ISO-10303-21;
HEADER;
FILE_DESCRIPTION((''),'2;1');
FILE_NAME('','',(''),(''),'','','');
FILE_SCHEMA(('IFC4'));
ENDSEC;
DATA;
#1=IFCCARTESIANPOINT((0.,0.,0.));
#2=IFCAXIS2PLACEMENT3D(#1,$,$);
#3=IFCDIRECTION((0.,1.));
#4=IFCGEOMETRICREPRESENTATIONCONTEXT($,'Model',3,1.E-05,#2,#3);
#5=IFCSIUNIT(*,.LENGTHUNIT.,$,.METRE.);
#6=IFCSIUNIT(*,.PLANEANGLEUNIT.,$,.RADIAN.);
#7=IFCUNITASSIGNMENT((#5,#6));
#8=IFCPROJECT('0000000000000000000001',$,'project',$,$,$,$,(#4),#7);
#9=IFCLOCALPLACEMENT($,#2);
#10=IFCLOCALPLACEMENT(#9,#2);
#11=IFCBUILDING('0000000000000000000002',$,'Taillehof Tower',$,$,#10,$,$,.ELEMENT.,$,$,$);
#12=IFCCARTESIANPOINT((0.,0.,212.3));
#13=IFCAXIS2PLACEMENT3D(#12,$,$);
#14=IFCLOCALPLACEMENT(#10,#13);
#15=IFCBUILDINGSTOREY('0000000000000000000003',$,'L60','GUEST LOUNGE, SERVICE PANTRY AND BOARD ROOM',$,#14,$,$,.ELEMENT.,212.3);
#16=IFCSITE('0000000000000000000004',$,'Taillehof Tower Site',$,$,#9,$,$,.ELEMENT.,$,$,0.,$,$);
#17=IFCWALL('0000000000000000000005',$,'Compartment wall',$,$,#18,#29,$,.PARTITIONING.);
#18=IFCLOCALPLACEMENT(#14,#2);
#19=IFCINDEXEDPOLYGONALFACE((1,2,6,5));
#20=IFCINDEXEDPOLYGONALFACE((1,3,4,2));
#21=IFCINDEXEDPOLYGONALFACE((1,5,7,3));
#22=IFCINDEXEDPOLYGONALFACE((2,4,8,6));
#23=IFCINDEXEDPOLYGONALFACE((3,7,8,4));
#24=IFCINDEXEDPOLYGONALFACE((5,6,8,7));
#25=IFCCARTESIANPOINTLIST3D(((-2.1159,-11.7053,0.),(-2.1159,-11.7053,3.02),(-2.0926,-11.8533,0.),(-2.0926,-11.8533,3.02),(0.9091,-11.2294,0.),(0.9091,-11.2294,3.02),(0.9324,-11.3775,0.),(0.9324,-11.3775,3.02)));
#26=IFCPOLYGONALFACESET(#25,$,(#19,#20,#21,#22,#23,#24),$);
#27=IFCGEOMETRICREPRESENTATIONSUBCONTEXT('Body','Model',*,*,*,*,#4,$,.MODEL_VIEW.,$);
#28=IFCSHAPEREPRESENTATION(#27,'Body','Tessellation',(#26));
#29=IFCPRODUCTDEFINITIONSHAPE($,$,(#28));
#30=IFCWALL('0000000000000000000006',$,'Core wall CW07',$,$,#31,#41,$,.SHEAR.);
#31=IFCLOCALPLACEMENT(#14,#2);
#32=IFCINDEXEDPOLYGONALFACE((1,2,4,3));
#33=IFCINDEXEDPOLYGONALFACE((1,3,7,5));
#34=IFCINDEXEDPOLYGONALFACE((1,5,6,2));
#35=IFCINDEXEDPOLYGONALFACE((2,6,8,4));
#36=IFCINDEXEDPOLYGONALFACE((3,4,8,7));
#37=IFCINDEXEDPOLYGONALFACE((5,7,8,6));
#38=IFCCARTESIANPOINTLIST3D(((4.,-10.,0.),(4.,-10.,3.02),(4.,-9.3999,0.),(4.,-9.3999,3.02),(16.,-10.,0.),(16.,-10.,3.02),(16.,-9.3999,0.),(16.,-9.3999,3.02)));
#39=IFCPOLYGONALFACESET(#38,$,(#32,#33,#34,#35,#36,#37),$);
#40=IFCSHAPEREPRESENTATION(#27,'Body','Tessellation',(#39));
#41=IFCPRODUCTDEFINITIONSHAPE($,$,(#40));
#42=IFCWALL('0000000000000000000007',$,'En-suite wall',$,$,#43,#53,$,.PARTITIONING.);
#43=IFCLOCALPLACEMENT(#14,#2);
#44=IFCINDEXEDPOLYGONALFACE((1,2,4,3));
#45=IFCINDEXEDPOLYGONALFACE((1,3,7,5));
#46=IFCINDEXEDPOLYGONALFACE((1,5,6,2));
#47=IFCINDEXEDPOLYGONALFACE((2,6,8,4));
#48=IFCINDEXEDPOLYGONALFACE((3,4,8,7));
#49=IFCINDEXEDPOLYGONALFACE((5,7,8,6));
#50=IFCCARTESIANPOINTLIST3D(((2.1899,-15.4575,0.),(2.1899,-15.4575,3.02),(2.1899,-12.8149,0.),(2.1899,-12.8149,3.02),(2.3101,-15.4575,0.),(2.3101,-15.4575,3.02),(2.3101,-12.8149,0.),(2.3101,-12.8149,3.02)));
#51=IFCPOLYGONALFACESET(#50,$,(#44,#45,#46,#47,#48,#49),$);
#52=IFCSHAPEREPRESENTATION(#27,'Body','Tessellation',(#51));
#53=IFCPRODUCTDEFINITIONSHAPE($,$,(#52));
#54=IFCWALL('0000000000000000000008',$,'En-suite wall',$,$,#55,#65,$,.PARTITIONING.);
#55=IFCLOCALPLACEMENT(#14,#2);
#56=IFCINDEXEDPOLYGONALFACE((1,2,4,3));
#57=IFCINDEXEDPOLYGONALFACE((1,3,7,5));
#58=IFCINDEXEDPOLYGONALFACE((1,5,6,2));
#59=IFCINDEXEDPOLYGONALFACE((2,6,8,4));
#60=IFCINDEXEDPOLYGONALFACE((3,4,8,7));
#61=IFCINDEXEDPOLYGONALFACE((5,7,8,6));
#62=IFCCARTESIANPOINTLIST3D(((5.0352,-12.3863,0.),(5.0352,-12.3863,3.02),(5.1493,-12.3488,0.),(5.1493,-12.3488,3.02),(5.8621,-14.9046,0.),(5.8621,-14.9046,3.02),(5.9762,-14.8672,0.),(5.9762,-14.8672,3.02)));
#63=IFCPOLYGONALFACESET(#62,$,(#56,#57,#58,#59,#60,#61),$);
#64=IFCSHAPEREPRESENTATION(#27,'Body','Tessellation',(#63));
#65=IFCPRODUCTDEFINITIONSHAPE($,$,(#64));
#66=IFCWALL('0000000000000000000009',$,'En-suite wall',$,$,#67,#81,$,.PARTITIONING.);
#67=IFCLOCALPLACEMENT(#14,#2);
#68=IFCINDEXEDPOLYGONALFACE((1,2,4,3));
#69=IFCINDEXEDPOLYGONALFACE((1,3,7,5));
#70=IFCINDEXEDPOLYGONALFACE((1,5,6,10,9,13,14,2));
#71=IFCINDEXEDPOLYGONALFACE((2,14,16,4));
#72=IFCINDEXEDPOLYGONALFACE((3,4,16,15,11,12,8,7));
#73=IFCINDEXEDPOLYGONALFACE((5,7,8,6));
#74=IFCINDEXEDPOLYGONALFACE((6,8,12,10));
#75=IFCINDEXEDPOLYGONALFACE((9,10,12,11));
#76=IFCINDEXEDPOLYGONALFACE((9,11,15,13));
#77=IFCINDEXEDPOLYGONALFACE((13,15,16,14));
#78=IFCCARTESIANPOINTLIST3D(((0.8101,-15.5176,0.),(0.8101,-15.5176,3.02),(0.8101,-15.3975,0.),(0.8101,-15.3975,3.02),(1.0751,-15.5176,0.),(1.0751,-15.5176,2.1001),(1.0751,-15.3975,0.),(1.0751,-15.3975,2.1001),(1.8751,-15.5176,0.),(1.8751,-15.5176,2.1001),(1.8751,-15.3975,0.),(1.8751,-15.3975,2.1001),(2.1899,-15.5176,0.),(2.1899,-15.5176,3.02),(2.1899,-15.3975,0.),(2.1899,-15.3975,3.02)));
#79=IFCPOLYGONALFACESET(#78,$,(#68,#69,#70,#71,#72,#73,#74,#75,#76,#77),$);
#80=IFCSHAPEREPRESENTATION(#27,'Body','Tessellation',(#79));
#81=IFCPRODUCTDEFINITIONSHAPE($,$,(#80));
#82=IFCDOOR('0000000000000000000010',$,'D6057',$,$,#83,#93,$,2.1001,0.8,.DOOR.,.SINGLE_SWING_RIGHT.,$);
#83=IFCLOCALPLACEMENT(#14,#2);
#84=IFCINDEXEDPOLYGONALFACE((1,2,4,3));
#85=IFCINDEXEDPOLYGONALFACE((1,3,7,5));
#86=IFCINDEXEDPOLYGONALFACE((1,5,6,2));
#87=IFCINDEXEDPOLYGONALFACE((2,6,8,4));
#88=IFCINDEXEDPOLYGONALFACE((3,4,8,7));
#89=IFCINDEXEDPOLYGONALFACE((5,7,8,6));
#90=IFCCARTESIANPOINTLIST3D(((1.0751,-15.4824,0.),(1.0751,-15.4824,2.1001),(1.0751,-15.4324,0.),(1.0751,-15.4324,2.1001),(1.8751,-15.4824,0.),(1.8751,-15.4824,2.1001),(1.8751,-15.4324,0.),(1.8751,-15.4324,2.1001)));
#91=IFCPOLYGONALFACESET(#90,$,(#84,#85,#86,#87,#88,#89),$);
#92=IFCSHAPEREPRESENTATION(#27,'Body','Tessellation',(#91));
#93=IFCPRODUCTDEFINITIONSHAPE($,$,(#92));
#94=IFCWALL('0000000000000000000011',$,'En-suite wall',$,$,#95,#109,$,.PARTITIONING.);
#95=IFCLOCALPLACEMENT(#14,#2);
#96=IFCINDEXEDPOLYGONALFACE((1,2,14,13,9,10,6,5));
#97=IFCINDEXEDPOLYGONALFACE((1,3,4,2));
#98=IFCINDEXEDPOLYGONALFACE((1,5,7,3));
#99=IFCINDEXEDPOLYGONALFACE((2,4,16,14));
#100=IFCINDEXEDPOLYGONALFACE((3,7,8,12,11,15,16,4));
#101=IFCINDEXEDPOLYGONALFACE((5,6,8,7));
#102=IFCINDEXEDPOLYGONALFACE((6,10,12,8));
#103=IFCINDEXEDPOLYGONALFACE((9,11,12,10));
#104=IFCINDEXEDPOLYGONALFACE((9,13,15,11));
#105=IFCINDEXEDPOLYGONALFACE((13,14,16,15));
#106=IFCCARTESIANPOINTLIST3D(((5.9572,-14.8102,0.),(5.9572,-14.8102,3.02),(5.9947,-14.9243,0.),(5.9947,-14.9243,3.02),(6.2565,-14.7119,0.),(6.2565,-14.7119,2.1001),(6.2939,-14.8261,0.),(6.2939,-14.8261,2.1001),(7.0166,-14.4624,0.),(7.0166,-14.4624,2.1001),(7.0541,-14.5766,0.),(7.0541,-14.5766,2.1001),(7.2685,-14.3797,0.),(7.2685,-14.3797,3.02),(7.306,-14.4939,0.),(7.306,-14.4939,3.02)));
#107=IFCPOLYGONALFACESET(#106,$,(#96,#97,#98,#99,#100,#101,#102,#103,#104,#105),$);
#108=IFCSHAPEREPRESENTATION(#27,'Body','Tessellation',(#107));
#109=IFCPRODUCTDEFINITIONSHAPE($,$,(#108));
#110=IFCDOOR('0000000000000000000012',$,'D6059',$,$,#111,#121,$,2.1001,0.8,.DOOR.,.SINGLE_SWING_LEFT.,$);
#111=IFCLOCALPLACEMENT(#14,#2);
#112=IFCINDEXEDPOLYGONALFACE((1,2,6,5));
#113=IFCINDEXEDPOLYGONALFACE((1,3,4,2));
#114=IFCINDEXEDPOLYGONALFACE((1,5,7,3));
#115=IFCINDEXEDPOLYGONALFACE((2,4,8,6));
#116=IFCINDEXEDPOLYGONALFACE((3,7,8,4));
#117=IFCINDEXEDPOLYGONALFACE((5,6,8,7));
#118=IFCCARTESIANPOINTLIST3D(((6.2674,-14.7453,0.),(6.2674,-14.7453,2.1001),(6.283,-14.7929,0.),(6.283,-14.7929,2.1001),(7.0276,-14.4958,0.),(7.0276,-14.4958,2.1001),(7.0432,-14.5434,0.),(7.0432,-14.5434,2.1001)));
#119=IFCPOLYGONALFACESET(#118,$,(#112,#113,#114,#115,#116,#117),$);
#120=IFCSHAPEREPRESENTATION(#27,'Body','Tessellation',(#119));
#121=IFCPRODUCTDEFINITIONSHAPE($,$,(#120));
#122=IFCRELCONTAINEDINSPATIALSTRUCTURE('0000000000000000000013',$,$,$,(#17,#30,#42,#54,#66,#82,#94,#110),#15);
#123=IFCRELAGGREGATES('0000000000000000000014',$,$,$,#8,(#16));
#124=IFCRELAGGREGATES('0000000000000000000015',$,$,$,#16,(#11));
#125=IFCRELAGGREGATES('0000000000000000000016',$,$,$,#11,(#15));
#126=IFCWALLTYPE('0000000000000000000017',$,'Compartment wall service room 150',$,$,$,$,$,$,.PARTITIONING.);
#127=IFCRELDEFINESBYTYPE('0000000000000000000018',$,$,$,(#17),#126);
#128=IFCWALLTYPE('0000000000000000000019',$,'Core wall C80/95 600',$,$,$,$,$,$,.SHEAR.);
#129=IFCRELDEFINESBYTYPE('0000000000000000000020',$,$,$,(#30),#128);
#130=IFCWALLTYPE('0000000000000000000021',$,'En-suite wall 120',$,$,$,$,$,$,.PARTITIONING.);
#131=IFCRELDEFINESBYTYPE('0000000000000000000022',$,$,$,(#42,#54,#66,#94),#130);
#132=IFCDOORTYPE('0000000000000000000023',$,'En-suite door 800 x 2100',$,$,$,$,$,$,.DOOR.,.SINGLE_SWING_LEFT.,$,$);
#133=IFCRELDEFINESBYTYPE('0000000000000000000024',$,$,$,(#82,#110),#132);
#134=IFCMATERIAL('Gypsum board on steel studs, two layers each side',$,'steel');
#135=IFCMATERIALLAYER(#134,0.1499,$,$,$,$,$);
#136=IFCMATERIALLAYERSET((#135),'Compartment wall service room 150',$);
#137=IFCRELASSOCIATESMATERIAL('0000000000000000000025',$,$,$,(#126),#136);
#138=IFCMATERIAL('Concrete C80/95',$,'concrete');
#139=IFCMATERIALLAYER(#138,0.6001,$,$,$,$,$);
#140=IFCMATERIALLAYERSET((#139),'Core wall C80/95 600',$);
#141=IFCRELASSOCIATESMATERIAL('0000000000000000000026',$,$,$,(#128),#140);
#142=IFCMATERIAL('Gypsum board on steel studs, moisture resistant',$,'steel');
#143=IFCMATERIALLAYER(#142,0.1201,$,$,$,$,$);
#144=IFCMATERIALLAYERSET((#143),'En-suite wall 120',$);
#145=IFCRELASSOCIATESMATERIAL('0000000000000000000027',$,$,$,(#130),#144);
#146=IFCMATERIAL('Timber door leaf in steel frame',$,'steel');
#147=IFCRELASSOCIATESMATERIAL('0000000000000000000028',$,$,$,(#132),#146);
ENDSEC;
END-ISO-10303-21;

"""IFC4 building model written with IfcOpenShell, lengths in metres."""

from ifc_helpers import new_model, si_unit, direction, frame, frame_2d, origin, place, context, subcontext, project, spatial, rectangle, extrude, material, layer, layer_set, type_object, element, fill, save


model = new_model("IFC4")

# Units and contexts
model_context = context("Model", 3, precision=1e-05, world=origin(), true_north=direction((0.0, 1.0)))
body_context = subcontext(model_context, "Body", "Model", "MODEL_VIEW")
ifc_project = project(units=[si_unit("LENGTHUNIT", "METRE"), si_unit("PLANEANGLEUNIT", "RADIAN")], contexts=[model_context])

# Site, building, storey
site_placement = place(None, origin())
site = spatial("IfcSite", under=ifc_project, at=site_placement, Name="Taillehof Tower Site", CompositionType="ELEMENT", RefElevation=0.0)
building_placement = place(site_placement, origin())
building = spatial("IfcBuilding", under=site, at=building_placement, Name="Taillehof Tower", CompositionType="ELEMENT")
storey_placement = place(building_placement, frame((0.0, 0.0, 212.3)))
storey = spatial("IfcBuildingStorey", under=building, at=storey_placement, Name="L60", Description="GUEST LOUNGE, SERVICE PANTRY AND BOARD ROOM", CompositionType="ELEMENT", Elevation=212.3)

# Walls
ifc_material_1 = material(Name="Gypsum board on steel studs, two layers each side", Category="steel")
ifc_layer_1 = layer(ifc_material_1, 0.1499)
ifc_layer_set_1 = layer_set([ifc_layer_1], Name="Compartment wall service room 150")
wall_type_1 = type_object("IfcWallType", Name="Compartment wall service room 150", PredefinedType="PARTITIONING", material=ifc_layer_set_1)
wall_1_placement = place(storey_placement, frame((0.9209, -11.3035, 0.0), z_axis=(0.0, 0.0, 1.0), x_axis=(-0.987855, -0.155381, 0.0)))
element("IfcWall", 1, at=wall_1_placement, inside=storey, type_object=wall_type_1, Name="Compartment wall", PredefinedType="PARTITIONING", context=body_context, shape_type="SweptSolid", body=[
    extrude(rectangle(XDim=3.0623, YDim=0.1499, at=frame_2d((1.5312, 0.0))), origin(), (0.0, 0.0, 1.0), 3.02),
])
ifc_material_2 = material(Name="Concrete C80/95", Category="concrete")
ifc_layer_2 = layer(ifc_material_2, 0.6001)
ifc_layer_set_2 = layer_set([ifc_layer_2], Name="Core wall C80/95 600")
wall_type_2 = type_object("IfcWallType", Name="Core wall C80/95 600", PredefinedType="SHEAR", material=ifc_layer_set_2)
wall_2_placement = place(storey_placement, frame((4.0, -9.7, 0.0), z_axis=(0.0, 0.0, 1.0), x_axis=(1.0, 0.0, 0.0)))
element("IfcWall", 2, at=wall_2_placement, inside=storey, type_object=wall_type_2, Name="Core wall CW07", PredefinedType="SHEAR", context=body_context, shape_type="SweptSolid", body=[
    extrude(rectangle(XDim=12.0, YDim=0.6001, at=frame_2d((6.0, 0.0))), origin(), (0.0, 0.0, 1.0), 3.02),
])
ifc_material_3 = material(Name="Gypsum board on steel studs, moisture resistant", Category="steel")
ifc_layer_3 = layer(ifc_material_3, 0.1201)
ifc_layer_set_3 = layer_set([ifc_layer_3], Name="En-suite wall 120")
wall_type_3 = type_object("IfcWallType", Name="En-suite wall 120", PredefinedType="PARTITIONING", material=ifc_layer_set_3)
wall_3_placement = place(storey_placement, frame((2.25, -12.8149, 0.0), z_axis=(0.0, 0.0, 1.0), x_axis=(0.0, -1.0, 0.0)))
element("IfcWall", 3, at=wall_3_placement, inside=storey, type_object=wall_type_3, Name="En-suite wall", PredefinedType="PARTITIONING", context=body_context, shape_type="SweptSolid", body=[
    extrude(rectangle(XDim=2.6426, YDim=0.1201, at=frame_2d((1.3213, 0.0))), origin(), (0.0, 0.0, 1.0), 3.02),
])
wall_4_placement = place(storey_placement, frame((5.0923, -12.3677, 0.0), z_axis=(0.0, 0.0, 1.0), x_axis=(0.311969, -0.950092, 0.0)))
element("IfcWall", 4, at=wall_4_placement, inside=storey, type_object=wall_type_3, Name="En-suite wall", PredefinedType="PARTITIONING", context=body_context, shape_type="SweptSolid", body=[
    extrude(rectangle(XDim=2.6506, YDim=0.1201, at=frame_2d((1.3252, 0.0))), origin(), (0.0, 0.0, 1.0), 3.02),
])

# Walls, openings, doors
wall_5_placement = place(storey_placement, frame((2.1899, -15.4575, 0.0), z_axis=(0.0, 0.0, 1.0), x_axis=(-1.0, 0.0, 0.0)))
wall_5 = element("IfcWall", 5, at=wall_5_placement, inside=storey, type_object=wall_type_3, Name="En-suite wall", PredefinedType="PARTITIONING", context=body_context, shape_type="SweptSolid", body=[
    extrude(rectangle(XDim=1.3799, YDim=0.1201, at=frame_2d((0.6899, 0.0))), origin(), (0.0, 0.0, 1.0), 3.02),
])
opening_1_placement = place(wall_5_placement, frame((0.3149, 0.0, 0.0)))
opening_1 = element("IfcOpeningElement", 6, at=opening_1_placement, cuts=wall_5, PredefinedType="OPENING", context=body_context, shape_type="SweptSolid", body=[
    extrude(rectangle(XDim=0.8, YDim=2.1001, at=frame_2d((0.3999, 1.05))), frame((0.0, 0.0701, 0.0), z_axis=(0.0, -1.0, 0.0), x_axis=(1.0, 0.0, 0.0)), (0.0, 0.0, 1.0), 0.1401),
])
ifc_material_4 = material(Name="Timber door leaf in steel frame", Category="steel")
door_type_1 = type_object("IfcDoorType", Name="En-suite door 800 x 2100", OperationType="SINGLE_SWING_LEFT", PredefinedType="DOOR", material=ifc_material_4)
door_1_placement = place(opening_1_placement, origin())
door_1 = element("IfcDoor", 7, at=door_1_placement, inside=storey, type_object=door_type_1, Name="D6057", OperationType="SINGLE_SWING_RIGHT", OverallHeight=2.1001, OverallWidth=0.8, PredefinedType="DOOR", context=body_context, shape_type="SweptSolid", body=[
    extrude(rectangle(XDim=0.8, YDim=2.1001, at=frame_2d((0.3999, 1.05))), frame((0.0, 0.0249, 0.0), z_axis=(0.0, -1.0, 0.0), x_axis=(1.0, 0.0, 0.0)), (0.0, 0.0, 1.0), 0.05),
])
fill(opening_1, door_1)
wall_6_placement = place(storey_placement, frame((5.9761, -14.8672, 0.0), z_axis=(0.0, 0.0, 1.0), x_axis=(0.950124, 0.311873, 0.0)))
wall_6 = element("IfcWall", 8, at=wall_6_placement, inside=storey, type_object=wall_type_3, Name="En-suite wall", PredefinedType="PARTITIONING", context=body_context, shape_type="SweptSolid", body=[
    extrude(rectangle(XDim=1.3801, YDim=0.1201, at=frame_2d((0.6899, 0.0))), origin(), (0.0, 0.0, 1.0), 3.02),
])
opening_2_placement = place(wall_6_placement, frame((0.3149, 0.0, 0.0)))
opening_2 = element("IfcOpeningElement", 9, at=opening_2_placement, cuts=wall_6, PredefinedType="OPENING", context=body_context, shape_type="SweptSolid", body=[
    extrude(rectangle(XDim=0.8, YDim=2.1001, at=frame_2d((0.3999, 1.05))), frame((0.0, 0.0701, 0.0), z_axis=(0.0, -1.0, 0.0), x_axis=(1.0, 0.0, 0.0)), (0.0, 0.0, 1.0), 0.1401),
])
door_2_placement = place(opening_2_placement, origin())
door_2 = element("IfcDoor", 10, at=door_2_placement, inside=storey, type_object=door_type_1, Name="D6059", OperationType="SINGLE_SWING_LEFT", OverallHeight=2.1001, OverallWidth=0.8, PredefinedType="DOOR", context=body_context, shape_type="SweptSolid", body=[
    extrude(rectangle(XDim=0.8, YDim=2.1001, at=frame_2d((0.3999, 1.05))), frame((0.0, 0.0249, 0.0), z_axis=(0.0, -1.0, 0.0), x_axis=(1.0, 0.0, 0.0)), (0.0, 0.0, 1.0), 0.05),
])
fill(opening_2, door_2)

save(model, "model.ifc")
